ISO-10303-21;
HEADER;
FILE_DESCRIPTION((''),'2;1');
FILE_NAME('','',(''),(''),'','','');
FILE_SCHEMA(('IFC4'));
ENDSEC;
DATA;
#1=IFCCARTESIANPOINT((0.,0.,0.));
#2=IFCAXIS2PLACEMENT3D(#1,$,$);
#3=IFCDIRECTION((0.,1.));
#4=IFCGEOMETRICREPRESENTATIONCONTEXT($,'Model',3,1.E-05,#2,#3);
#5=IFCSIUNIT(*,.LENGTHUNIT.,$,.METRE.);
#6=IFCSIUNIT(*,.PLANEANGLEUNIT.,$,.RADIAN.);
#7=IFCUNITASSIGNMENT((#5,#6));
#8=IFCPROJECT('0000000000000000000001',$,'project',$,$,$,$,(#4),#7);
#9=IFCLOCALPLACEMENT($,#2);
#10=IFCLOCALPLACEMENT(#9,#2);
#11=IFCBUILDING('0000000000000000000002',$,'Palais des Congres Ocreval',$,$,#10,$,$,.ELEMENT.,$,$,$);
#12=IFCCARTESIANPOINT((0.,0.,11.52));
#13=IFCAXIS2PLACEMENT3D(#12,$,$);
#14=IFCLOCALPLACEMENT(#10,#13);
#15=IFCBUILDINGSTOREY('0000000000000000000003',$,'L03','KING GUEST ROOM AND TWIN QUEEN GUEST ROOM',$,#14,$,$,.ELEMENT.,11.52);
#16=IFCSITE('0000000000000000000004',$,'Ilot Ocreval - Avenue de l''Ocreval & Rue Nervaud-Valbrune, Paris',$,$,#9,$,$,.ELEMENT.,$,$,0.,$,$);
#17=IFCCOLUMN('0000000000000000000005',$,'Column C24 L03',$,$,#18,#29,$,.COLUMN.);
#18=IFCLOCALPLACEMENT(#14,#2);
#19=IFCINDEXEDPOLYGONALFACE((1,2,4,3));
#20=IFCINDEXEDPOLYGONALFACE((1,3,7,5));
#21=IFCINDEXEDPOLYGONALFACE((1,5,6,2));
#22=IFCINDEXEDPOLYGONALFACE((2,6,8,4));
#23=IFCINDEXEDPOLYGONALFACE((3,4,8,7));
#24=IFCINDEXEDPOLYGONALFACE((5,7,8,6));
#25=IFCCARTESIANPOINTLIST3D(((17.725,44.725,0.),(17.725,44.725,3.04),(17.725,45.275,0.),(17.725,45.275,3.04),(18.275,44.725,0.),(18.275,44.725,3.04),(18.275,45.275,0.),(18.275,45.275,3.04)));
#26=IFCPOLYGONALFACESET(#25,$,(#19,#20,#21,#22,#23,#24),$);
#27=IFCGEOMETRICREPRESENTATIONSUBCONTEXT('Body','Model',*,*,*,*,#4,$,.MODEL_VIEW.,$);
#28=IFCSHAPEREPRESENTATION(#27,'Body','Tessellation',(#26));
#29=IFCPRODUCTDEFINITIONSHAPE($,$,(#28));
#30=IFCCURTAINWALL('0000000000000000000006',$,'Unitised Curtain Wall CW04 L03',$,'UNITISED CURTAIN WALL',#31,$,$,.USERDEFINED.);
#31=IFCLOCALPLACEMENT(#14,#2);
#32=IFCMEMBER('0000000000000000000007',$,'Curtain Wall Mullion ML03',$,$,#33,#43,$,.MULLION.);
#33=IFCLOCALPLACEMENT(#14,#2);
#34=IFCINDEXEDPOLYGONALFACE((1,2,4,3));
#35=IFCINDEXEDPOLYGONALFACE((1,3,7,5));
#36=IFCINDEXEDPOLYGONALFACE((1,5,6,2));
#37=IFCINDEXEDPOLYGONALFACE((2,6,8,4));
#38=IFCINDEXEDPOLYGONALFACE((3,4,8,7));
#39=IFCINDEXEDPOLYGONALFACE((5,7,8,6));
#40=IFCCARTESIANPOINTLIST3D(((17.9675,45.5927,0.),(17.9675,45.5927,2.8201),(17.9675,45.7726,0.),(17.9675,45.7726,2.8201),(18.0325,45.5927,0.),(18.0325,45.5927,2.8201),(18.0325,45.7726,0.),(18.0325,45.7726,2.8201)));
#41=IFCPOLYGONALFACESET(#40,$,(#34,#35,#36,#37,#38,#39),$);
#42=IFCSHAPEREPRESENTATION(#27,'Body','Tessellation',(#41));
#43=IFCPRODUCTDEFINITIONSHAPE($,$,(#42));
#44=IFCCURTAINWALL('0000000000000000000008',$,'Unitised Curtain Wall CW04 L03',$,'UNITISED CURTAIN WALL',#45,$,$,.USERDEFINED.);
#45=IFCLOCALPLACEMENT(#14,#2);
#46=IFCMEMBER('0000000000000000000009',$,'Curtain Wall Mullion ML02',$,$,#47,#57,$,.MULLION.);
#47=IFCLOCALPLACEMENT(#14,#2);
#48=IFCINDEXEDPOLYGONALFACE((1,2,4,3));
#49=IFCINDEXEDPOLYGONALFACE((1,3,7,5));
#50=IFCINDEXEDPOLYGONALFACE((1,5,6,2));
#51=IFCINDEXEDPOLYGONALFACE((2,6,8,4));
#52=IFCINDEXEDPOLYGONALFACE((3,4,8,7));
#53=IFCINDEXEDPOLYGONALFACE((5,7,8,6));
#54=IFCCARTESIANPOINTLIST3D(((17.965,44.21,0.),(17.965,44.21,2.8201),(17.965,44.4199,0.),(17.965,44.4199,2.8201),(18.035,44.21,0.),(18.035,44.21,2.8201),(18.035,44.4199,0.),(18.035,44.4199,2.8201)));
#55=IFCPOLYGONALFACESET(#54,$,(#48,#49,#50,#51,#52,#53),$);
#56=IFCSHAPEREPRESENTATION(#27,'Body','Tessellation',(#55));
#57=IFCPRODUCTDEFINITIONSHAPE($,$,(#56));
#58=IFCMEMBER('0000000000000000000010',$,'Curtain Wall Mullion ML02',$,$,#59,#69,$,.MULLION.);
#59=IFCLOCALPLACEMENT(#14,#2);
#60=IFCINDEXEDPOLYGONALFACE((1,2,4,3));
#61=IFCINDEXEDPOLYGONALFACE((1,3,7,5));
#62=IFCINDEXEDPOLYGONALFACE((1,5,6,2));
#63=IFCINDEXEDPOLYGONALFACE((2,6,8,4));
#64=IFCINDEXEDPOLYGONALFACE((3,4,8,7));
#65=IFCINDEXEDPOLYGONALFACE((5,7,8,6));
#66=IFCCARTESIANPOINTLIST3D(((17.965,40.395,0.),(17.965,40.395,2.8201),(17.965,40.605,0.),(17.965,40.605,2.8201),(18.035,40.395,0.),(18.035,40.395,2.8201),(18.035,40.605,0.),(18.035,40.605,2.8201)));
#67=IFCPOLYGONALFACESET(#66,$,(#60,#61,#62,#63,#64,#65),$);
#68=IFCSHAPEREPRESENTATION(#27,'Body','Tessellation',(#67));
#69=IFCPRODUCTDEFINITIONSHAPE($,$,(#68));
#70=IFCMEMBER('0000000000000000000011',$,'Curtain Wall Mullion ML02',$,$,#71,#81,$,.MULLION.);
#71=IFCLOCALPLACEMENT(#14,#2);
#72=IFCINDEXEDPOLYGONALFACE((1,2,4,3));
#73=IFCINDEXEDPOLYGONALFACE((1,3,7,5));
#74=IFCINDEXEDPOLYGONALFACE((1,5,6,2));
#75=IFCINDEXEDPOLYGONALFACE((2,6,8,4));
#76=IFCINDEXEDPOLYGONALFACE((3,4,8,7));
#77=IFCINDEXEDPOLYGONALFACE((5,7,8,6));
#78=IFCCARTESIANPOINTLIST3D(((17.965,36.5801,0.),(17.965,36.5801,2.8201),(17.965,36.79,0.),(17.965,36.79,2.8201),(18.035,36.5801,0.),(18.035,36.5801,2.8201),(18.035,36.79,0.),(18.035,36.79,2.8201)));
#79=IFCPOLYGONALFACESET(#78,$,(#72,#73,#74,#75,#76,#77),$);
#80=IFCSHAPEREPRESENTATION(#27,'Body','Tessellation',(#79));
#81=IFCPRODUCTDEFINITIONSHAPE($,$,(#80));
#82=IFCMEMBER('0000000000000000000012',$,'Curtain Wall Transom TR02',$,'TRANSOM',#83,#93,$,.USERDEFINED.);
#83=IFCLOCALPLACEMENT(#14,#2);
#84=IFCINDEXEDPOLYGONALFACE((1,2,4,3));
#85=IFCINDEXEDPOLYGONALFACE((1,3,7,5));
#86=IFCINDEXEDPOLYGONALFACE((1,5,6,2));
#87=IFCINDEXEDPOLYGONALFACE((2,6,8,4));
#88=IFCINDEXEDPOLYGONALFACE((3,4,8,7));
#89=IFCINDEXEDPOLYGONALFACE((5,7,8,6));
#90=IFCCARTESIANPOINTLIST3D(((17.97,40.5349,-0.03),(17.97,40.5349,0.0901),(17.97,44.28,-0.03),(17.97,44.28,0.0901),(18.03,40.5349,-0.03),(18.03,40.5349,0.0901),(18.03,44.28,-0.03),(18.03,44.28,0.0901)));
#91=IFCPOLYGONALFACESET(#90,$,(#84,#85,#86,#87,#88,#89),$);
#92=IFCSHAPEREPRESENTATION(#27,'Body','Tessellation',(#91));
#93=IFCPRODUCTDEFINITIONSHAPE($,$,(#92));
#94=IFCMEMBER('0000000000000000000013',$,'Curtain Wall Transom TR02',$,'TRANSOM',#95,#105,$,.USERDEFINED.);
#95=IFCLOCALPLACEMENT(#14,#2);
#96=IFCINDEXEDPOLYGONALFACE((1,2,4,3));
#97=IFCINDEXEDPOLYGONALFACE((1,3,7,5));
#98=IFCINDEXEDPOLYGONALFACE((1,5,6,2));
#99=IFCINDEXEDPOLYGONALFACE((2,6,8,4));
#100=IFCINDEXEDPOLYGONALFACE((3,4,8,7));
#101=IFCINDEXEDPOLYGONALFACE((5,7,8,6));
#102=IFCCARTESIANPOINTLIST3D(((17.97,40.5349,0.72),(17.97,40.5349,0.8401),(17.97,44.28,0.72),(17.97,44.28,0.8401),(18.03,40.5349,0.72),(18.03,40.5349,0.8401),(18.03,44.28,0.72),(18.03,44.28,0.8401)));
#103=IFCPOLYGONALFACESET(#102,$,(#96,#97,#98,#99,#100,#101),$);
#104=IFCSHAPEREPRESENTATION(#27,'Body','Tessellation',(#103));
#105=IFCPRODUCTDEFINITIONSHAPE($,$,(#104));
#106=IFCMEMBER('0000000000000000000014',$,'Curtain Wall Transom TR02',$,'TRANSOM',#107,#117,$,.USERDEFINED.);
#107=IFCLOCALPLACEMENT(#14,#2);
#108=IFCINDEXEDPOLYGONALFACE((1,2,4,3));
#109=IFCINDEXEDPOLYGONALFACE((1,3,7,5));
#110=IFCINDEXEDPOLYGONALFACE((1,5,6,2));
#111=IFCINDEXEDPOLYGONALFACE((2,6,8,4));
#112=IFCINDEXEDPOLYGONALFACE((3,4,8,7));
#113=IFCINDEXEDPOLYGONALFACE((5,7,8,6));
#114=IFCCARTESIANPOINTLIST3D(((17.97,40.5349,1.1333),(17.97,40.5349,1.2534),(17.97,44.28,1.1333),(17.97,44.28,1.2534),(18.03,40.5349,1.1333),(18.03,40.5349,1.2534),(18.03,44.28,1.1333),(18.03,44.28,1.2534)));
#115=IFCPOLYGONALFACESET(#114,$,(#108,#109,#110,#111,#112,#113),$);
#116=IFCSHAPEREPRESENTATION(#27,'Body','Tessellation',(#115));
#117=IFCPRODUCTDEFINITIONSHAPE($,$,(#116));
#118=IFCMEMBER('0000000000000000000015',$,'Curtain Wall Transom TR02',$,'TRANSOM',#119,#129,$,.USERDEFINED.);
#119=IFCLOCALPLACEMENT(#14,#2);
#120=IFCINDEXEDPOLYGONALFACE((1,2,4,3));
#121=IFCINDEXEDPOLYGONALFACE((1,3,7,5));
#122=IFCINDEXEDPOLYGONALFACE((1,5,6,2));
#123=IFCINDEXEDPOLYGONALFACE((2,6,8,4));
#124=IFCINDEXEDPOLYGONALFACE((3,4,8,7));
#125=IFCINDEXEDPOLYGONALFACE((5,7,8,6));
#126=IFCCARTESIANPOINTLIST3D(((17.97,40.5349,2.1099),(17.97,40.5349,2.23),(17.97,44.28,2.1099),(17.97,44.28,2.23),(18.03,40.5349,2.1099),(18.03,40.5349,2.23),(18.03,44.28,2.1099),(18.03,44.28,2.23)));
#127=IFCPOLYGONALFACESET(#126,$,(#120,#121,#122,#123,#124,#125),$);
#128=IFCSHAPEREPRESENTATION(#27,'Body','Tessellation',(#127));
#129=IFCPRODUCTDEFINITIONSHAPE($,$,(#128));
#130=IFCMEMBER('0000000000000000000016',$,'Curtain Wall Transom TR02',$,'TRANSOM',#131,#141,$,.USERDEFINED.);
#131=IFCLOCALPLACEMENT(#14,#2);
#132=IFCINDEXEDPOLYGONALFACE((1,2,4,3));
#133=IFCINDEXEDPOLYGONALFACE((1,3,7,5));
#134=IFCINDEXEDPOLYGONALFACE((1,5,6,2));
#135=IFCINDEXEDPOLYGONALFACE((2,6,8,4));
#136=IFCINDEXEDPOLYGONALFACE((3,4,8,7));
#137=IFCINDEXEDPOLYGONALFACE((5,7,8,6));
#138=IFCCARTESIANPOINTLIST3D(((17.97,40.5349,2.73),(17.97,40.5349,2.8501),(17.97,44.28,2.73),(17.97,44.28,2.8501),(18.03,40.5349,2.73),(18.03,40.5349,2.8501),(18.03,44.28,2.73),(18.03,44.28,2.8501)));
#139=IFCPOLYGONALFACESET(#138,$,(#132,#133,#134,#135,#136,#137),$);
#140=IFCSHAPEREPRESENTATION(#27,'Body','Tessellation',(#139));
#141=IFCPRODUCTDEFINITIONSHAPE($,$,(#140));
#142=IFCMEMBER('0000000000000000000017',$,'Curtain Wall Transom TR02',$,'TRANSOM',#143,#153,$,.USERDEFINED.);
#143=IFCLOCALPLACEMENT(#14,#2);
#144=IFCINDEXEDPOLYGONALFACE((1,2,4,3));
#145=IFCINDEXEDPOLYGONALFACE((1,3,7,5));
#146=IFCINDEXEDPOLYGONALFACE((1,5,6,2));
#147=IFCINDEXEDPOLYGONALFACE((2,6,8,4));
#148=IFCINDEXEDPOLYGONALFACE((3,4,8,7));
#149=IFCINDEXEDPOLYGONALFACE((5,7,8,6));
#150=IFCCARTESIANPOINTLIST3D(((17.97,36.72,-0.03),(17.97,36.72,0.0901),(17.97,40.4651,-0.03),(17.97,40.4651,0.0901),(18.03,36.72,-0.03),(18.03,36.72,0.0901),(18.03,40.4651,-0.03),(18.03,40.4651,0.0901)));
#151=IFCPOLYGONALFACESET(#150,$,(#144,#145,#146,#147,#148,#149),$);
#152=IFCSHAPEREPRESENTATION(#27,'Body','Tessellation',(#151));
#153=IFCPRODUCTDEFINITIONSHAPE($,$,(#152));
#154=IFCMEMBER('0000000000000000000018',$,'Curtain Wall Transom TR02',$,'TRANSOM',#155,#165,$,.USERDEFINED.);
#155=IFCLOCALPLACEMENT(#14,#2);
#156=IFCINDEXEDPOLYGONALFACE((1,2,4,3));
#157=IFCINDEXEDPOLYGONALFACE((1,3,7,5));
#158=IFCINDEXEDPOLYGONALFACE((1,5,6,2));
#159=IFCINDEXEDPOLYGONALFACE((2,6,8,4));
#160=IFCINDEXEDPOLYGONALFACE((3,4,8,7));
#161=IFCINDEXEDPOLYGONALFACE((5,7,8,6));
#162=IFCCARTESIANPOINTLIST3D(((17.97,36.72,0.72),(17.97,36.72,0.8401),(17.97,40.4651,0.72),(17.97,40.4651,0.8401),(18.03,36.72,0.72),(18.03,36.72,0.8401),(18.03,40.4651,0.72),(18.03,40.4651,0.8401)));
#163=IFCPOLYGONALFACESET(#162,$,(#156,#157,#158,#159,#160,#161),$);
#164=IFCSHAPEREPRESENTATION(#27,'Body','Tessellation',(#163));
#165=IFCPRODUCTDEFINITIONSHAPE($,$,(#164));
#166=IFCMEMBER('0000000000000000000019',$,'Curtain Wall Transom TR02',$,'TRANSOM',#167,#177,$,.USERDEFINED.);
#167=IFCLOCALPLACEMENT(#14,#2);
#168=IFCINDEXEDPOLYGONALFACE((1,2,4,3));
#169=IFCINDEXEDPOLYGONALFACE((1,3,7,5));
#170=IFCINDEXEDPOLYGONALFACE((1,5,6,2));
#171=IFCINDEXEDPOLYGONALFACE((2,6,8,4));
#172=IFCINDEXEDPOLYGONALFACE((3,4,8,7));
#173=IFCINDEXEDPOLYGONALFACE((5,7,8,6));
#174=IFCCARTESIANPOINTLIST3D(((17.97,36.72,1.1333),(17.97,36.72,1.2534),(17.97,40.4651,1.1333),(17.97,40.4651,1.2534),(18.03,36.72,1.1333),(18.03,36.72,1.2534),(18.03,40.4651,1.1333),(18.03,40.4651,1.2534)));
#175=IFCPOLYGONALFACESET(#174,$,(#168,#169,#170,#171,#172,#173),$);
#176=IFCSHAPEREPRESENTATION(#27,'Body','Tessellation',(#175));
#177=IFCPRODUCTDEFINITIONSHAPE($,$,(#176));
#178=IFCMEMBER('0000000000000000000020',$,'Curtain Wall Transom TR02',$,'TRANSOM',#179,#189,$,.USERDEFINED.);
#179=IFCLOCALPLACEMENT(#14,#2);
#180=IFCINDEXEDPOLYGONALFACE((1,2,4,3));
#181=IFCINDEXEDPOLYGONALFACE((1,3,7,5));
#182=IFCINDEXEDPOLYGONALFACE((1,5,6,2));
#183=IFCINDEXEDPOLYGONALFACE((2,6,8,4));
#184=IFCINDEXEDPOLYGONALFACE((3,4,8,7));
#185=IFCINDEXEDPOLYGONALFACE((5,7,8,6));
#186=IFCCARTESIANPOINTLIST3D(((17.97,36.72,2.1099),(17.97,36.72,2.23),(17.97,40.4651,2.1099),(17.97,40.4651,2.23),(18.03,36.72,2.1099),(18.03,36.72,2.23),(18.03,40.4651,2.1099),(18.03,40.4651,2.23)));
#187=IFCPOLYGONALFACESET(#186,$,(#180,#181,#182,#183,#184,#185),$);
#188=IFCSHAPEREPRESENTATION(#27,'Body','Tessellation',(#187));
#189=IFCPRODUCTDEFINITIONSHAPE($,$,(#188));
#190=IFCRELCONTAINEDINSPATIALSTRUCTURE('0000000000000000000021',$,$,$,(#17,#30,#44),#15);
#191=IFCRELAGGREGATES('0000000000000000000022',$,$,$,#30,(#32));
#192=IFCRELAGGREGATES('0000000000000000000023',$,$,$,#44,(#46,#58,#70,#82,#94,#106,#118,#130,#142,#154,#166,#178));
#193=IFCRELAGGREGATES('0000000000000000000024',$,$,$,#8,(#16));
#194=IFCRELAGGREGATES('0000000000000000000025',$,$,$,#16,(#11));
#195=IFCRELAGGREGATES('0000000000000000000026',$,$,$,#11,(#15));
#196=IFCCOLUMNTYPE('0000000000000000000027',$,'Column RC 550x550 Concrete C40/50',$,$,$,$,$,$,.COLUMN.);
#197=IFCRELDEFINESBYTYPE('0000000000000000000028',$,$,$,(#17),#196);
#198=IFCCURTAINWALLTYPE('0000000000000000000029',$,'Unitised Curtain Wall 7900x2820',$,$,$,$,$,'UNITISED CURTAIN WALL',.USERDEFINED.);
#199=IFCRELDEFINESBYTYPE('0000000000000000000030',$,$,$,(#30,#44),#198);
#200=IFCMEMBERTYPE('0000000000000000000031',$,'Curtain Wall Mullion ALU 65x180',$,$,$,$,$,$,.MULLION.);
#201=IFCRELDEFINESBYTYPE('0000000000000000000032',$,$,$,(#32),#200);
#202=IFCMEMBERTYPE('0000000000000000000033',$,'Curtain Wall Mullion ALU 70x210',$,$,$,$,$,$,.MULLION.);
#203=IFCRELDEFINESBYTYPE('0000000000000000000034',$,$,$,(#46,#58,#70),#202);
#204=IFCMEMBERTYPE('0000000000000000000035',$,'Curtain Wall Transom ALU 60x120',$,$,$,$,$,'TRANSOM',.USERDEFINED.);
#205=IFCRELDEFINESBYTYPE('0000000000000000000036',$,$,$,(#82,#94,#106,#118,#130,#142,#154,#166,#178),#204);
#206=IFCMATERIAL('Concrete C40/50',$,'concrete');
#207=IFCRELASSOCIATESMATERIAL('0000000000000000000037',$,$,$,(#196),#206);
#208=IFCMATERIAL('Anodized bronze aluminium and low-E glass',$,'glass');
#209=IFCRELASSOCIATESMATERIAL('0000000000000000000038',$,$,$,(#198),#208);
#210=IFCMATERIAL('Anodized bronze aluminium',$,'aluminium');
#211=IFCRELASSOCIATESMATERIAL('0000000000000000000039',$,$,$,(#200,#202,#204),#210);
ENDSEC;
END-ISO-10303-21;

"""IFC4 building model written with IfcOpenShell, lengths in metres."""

from ifc_helpers import new_model, si_unit, direction, frame, origin, origin_2d, place, context, subcontext, project, spatial, rectangle, extrude, material, material_profile, profile_set, type_object, element, aggregate, save


model = new_model("IFC4")

# Units and contexts
model_context = context("Model", 3, precision=1e-05, world=origin(), true_north=direction((0.0, 1.0)))
body_context = subcontext(model_context, "Body", "Model", "MODEL_VIEW")
ifc_project = project(units=[si_unit("LENGTHUNIT", "METRE"), si_unit("PLANEANGLEUNIT", "RADIAN")], contexts=[model_context])

# Site, building, storey
site_placement = place(None, origin())
site = spatial("IfcSite", under=ifc_project, at=site_placement, Name="Ilot Ocreval - Avenue de l'Ocreval & Rue Nervaud-Valbrune, Paris", CompositionType="ELEMENT", RefElevation=0.0)
building_placement = place(site_placement, origin())
building = spatial("IfcBuilding", under=site, at=building_placement, Name="Palais des Congres Ocreval", CompositionType="ELEMENT")
storey_placement = place(building_placement, frame((0.0, 0.0, 11.52)))
storey = spatial("IfcBuildingStorey", under=building, at=storey_placement, Name="L03", Description="KING GUEST ROOM AND TWIN QUEEN GUEST ROOM", CompositionType="ELEMENT", Elevation=11.52)

# Column
ifc_material_1 = material(Name="Concrete C40/50", Category="concrete")
ifc_material_profile_1 = material_profile(ifc_material_1, rectangle(XDim=0.55, YDim=0.55, at=origin_2d()), Name="RC 550x550")
ifc_profile_set_1 = profile_set([ifc_material_profile_1], Name="Concrete C40/50")
column_type = type_object("IfcColumnType", Name="Column RC 550x550 Concrete C40/50", PredefinedType="COLUMN", material=ifc_profile_set_1)
column_placement = place(storey_placement, frame((18.0, 45.0, 0.0), z_axis=(0.0, 0.0, 1.0), x_axis=(1.0, 0.0, 0.0)))
element("IfcColumn", 1, at=column_placement, inside=storey, type_object=column_type, Name="Column C24 L03", PredefinedType="COLUMN", context=body_context, shape_type="SweptSolid", body=[
    extrude(rectangle(XDim=0.55, YDim=0.55, at=origin_2d()), origin(), (0.0, 0.0, 1.0), 3.04),
])

# Curtain wall, member
ifc_material_2 = material(Name="Anodized bronze aluminium and low-E glass", Category="glass")
curtain_wall_type = type_object("IfcCurtainWallType", Name="Unitised Curtain Wall 7900x2820", ElementType="UNITISED CURTAIN WALL", PredefinedType="USERDEFINED", material=ifc_material_2)
curtain_wall_1_placement = place(storey_placement, origin())
curtain_wall_1 = element("IfcCurtainWall", 2, at=curtain_wall_1_placement, inside=storey, type_object=curtain_wall_type, Name="Unitised Curtain Wall CW04 L03", ObjectType="UNITISED CURTAIN WALL", PredefinedType="USERDEFINED")
ifc_material_3 = material(Name="Anodized bronze aluminium", Category="aluminium")
ifc_material_profile_2 = material_profile(ifc_material_3, rectangle(XDim=0.0649, YDim=0.1799, at=origin_2d()), Name="ALU 65x180")
ifc_profile_set_2 = profile_set([ifc_material_profile_2], Name="Anodized bronze aluminium")
member_type_1 = type_object("IfcMemberType", Name="Curtain Wall Mullion ALU 65x180", PredefinedType="MULLION", material=ifc_profile_set_2)
member_1_placement = place(storey_placement, frame((18.0, 45.6826, 0.0), z_axis=(0.0, 0.0, 1.0), x_axis=(1.0, 0.0, 0.0)))
member_1 = element("IfcMember", 3, at=member_1_placement, type_object=member_type_1, Name="Curtain Wall Mullion ML03", PredefinedType="MULLION", context=body_context, shape_type="SweptSolid", body=[
    extrude(rectangle(XDim=0.0649, YDim=0.1799, at=origin_2d()), origin(), (0.0, 0.0, 1.0), 2.8201),
])
aggregate(curtain_wall_1, [member_1])

# Curtain wall, members
curtain_wall_2_placement = place(storey_placement, origin())
curtain_wall_2 = element("IfcCurtainWall", 4, at=curtain_wall_2_placement, inside=storey, type_object=curtain_wall_type, Name="Unitised Curtain Wall CW04 L03", ObjectType="UNITISED CURTAIN WALL", PredefinedType="USERDEFINED")
ifc_material_profile_3 = material_profile(ifc_material_3, rectangle(XDim=0.0701, YDim=0.21, at=origin_2d()), Name="ALU 70x210")
ifc_profile_set_3 = profile_set([ifc_material_profile_3], Name="Anodized bronze aluminium")
member_type_2 = type_object("IfcMemberType", Name="Curtain Wall Mullion ALU 70x210", PredefinedType="MULLION", material=ifc_profile_set_3)
member_2_placement = place(storey_placement, frame((18.0, 44.3149, 0.0), z_axis=(0.0, 0.0, 1.0), x_axis=(1.0, 0.0, 0.0)))
member_2 = element("IfcMember", 5, at=member_2_placement, type_object=member_type_2, Name="Curtain Wall Mullion ML02", PredefinedType="MULLION", context=body_context, shape_type="SweptSolid", body=[
    extrude(rectangle(XDim=0.0701, YDim=0.21, at=origin_2d()), origin(), (0.0, 0.0, 1.0), 2.8201),
])
member_3_placement = place(storey_placement, frame((18.0, 40.5, 0.0), z_axis=(0.0, 0.0, 1.0), x_axis=(1.0, 0.0, 0.0)))
member_3 = element("IfcMember", 6, at=member_3_placement, type_object=member_type_2, Name="Curtain Wall Mullion ML02", PredefinedType="MULLION", context=body_context, shape_type="SweptSolid", body=[
    extrude(rectangle(XDim=0.0701, YDim=0.21, at=origin_2d()), origin(), (0.0, 0.0, 1.0), 2.8201),
])
member_4_placement = place(storey_placement, frame((18.0, 36.6851, 0.0), z_axis=(0.0, 0.0, 1.0), x_axis=(1.0, 0.0, 0.0)))
member_4 = element("IfcMember", 7, at=member_4_placement, type_object=member_type_2, Name="Curtain Wall Mullion ML02", PredefinedType="MULLION", context=body_context, shape_type="SweptSolid", body=[
    extrude(rectangle(XDim=0.0701, YDim=0.21, at=origin_2d()), origin(), (0.0, 0.0, 1.0), 2.8201),
])
ifc_material_profile_4 = material_profile(ifc_material_3, rectangle(XDim=0.0601, YDim=0.1201, at=origin_2d()), Name="ALU 60x120")
ifc_profile_set_4 = profile_set([ifc_material_profile_4], Name="Anodized bronze aluminium")
member_type_3 = type_object("IfcMemberType", Name="Curtain Wall Transom ALU 60x120", ElementType="TRANSOM", PredefinedType="USERDEFINED", material=ifc_profile_set_4)
member_5_placement = place(storey_placement, frame((18.0, 44.28, 0.03), z_axis=(0.0, -1.0, 0.0), x_axis=(1.0, 0.0, 0.0)))
member_5 = element("IfcMember", 8, at=member_5_placement, type_object=member_type_3, Name="Curtain Wall Transom TR02", ObjectType="TRANSOM", PredefinedType="USERDEFINED", context=body_context, shape_type="SweptSolid", body=[
    extrude(rectangle(XDim=0.0601, YDim=0.1201, at=origin_2d()), origin(), (0.0, 0.0, 1.0), 3.7451),
])
member_6_placement = place(storey_placement, frame((18.0, 44.28, 0.78), z_axis=(0.0, -1.0, 0.0), x_axis=(1.0, 0.0, 0.0)))
member_6 = element("IfcMember", 9, at=member_6_placement, type_object=member_type_3, Name="Curtain Wall Transom TR02", ObjectType="TRANSOM", PredefinedType="USERDEFINED", context=body_context, shape_type="SweptSolid", body=[
    extrude(rectangle(XDim=0.0601, YDim=0.1201, at=origin_2d()), origin(), (0.0, 0.0, 1.0), 3.7451),
])
member_7_placement = place(storey_placement, frame((18.0, 44.28, 1.1934), z_axis=(0.0, -1.0, 0.0), x_axis=(1.0, 0.0, 0.0)))
member_7 = element("IfcMember", 10, at=member_7_placement, type_object=member_type_3, Name="Curtain Wall Transom TR02", ObjectType="TRANSOM", PredefinedType="USERDEFINED", context=body_context, shape_type="SweptSolid", body=[
    extrude(rectangle(XDim=0.0601, YDim=0.1201, at=origin_2d()), origin(), (0.0, 0.0, 1.0), 3.7451),
])
member_8_placement = place(storey_placement, frame((18.0, 44.28, 2.1699), z_axis=(0.0, -1.0, 0.0), x_axis=(1.0, 0.0, 0.0)))
member_8 = element("IfcMember", 11, at=member_8_placement, type_object=member_type_3, Name="Curtain Wall Transom TR02", ObjectType="TRANSOM", PredefinedType="USERDEFINED", context=body_context, shape_type="SweptSolid", body=[
    extrude(rectangle(XDim=0.0601, YDim=0.1201, at=origin_2d()), origin(), (0.0, 0.0, 1.0), 3.7451),
])
member_9_placement = place(storey_placement, frame((18.0, 44.28, 2.79), z_axis=(0.0, -1.0, 0.0), x_axis=(1.0, 0.0, 0.0)))
member_9 = element("IfcMember", 12, at=member_9_placement, type_object=member_type_3, Name="Curtain Wall Transom TR02", ObjectType="TRANSOM", PredefinedType="USERDEFINED", context=body_context, shape_type="SweptSolid", body=[
    extrude(rectangle(XDim=0.0601, YDim=0.1201, at=origin_2d()), origin(), (0.0, 0.0, 1.0), 3.7451),
])
member_10_placement = place(storey_placement, frame((18.0, 40.4651, 0.03), z_axis=(0.0, -1.0, 0.0), x_axis=(1.0, 0.0, 0.0)))
member_10 = element("IfcMember", 13, at=member_10_placement, type_object=member_type_3, Name="Curtain Wall Transom TR02", ObjectType="TRANSOM", PredefinedType="USERDEFINED", context=body_context, shape_type="SweptSolid", body=[
    extrude(rectangle(XDim=0.0601, YDim=0.1201, at=origin_2d()), origin(), (0.0, 0.0, 1.0), 3.7451),
])
member_11_placement = place(storey_placement, frame((18.0, 40.4651, 0.78), z_axis=(0.0, -1.0, 0.0), x_axis=(1.0, 0.0, 0.0)))
member_11 = element("IfcMember", 14, at=member_11_placement, type_object=member_type_3, Name="Curtain Wall Transom TR02", ObjectType="TRANSOM", PredefinedType="USERDEFINED", context=body_context, shape_type="SweptSolid", body=[
    extrude(rectangle(XDim=0.0601, YDim=0.1201, at=origin_2d()), origin(), (0.0, 0.0, 1.0), 3.7451),
])
member_12_placement = place(storey_placement, frame((18.0, 40.4651, 1.1934), z_axis=(0.0, -1.0, 0.0), x_axis=(1.0, 0.0, 0.0)))
member_12 = element("IfcMember", 15, at=member_12_placement, type_object=member_type_3, Name="Curtain Wall Transom TR02", ObjectType="TRANSOM", PredefinedType="USERDEFINED", context=body_context, shape_type="SweptSolid", body=[
    extrude(rectangle(XDim=0.0601, YDim=0.1201, at=origin_2d()), origin(), (0.0, 0.0, 1.0), 3.7451),
])
member_13_placement = place(storey_placement, frame((18.0, 40.4651, 2.1699), z_axis=(0.0, -1.0, 0.0), x_axis=(1.0, 0.0, 0.0)))
member_13 = element("IfcMember", 16, at=member_13_placement, type_object=member_type_3, Name="Curtain Wall Transom TR02", ObjectType="TRANSOM", PredefinedType="USERDEFINED", context=body_context, shape_type="SweptSolid", body=[
    extrude(rectangle(XDim=0.0601, YDim=0.1201, at=origin_2d()), origin(), (0.0, 0.0, 1.0), 3.7451),
])

aggregate(curtain_wall_2, [member_2, member_3, member_4, member_5, member_6, member_7, member_8, member_9, member_10, member_11, member_12, member_13])

save(model, "model.ifc")
